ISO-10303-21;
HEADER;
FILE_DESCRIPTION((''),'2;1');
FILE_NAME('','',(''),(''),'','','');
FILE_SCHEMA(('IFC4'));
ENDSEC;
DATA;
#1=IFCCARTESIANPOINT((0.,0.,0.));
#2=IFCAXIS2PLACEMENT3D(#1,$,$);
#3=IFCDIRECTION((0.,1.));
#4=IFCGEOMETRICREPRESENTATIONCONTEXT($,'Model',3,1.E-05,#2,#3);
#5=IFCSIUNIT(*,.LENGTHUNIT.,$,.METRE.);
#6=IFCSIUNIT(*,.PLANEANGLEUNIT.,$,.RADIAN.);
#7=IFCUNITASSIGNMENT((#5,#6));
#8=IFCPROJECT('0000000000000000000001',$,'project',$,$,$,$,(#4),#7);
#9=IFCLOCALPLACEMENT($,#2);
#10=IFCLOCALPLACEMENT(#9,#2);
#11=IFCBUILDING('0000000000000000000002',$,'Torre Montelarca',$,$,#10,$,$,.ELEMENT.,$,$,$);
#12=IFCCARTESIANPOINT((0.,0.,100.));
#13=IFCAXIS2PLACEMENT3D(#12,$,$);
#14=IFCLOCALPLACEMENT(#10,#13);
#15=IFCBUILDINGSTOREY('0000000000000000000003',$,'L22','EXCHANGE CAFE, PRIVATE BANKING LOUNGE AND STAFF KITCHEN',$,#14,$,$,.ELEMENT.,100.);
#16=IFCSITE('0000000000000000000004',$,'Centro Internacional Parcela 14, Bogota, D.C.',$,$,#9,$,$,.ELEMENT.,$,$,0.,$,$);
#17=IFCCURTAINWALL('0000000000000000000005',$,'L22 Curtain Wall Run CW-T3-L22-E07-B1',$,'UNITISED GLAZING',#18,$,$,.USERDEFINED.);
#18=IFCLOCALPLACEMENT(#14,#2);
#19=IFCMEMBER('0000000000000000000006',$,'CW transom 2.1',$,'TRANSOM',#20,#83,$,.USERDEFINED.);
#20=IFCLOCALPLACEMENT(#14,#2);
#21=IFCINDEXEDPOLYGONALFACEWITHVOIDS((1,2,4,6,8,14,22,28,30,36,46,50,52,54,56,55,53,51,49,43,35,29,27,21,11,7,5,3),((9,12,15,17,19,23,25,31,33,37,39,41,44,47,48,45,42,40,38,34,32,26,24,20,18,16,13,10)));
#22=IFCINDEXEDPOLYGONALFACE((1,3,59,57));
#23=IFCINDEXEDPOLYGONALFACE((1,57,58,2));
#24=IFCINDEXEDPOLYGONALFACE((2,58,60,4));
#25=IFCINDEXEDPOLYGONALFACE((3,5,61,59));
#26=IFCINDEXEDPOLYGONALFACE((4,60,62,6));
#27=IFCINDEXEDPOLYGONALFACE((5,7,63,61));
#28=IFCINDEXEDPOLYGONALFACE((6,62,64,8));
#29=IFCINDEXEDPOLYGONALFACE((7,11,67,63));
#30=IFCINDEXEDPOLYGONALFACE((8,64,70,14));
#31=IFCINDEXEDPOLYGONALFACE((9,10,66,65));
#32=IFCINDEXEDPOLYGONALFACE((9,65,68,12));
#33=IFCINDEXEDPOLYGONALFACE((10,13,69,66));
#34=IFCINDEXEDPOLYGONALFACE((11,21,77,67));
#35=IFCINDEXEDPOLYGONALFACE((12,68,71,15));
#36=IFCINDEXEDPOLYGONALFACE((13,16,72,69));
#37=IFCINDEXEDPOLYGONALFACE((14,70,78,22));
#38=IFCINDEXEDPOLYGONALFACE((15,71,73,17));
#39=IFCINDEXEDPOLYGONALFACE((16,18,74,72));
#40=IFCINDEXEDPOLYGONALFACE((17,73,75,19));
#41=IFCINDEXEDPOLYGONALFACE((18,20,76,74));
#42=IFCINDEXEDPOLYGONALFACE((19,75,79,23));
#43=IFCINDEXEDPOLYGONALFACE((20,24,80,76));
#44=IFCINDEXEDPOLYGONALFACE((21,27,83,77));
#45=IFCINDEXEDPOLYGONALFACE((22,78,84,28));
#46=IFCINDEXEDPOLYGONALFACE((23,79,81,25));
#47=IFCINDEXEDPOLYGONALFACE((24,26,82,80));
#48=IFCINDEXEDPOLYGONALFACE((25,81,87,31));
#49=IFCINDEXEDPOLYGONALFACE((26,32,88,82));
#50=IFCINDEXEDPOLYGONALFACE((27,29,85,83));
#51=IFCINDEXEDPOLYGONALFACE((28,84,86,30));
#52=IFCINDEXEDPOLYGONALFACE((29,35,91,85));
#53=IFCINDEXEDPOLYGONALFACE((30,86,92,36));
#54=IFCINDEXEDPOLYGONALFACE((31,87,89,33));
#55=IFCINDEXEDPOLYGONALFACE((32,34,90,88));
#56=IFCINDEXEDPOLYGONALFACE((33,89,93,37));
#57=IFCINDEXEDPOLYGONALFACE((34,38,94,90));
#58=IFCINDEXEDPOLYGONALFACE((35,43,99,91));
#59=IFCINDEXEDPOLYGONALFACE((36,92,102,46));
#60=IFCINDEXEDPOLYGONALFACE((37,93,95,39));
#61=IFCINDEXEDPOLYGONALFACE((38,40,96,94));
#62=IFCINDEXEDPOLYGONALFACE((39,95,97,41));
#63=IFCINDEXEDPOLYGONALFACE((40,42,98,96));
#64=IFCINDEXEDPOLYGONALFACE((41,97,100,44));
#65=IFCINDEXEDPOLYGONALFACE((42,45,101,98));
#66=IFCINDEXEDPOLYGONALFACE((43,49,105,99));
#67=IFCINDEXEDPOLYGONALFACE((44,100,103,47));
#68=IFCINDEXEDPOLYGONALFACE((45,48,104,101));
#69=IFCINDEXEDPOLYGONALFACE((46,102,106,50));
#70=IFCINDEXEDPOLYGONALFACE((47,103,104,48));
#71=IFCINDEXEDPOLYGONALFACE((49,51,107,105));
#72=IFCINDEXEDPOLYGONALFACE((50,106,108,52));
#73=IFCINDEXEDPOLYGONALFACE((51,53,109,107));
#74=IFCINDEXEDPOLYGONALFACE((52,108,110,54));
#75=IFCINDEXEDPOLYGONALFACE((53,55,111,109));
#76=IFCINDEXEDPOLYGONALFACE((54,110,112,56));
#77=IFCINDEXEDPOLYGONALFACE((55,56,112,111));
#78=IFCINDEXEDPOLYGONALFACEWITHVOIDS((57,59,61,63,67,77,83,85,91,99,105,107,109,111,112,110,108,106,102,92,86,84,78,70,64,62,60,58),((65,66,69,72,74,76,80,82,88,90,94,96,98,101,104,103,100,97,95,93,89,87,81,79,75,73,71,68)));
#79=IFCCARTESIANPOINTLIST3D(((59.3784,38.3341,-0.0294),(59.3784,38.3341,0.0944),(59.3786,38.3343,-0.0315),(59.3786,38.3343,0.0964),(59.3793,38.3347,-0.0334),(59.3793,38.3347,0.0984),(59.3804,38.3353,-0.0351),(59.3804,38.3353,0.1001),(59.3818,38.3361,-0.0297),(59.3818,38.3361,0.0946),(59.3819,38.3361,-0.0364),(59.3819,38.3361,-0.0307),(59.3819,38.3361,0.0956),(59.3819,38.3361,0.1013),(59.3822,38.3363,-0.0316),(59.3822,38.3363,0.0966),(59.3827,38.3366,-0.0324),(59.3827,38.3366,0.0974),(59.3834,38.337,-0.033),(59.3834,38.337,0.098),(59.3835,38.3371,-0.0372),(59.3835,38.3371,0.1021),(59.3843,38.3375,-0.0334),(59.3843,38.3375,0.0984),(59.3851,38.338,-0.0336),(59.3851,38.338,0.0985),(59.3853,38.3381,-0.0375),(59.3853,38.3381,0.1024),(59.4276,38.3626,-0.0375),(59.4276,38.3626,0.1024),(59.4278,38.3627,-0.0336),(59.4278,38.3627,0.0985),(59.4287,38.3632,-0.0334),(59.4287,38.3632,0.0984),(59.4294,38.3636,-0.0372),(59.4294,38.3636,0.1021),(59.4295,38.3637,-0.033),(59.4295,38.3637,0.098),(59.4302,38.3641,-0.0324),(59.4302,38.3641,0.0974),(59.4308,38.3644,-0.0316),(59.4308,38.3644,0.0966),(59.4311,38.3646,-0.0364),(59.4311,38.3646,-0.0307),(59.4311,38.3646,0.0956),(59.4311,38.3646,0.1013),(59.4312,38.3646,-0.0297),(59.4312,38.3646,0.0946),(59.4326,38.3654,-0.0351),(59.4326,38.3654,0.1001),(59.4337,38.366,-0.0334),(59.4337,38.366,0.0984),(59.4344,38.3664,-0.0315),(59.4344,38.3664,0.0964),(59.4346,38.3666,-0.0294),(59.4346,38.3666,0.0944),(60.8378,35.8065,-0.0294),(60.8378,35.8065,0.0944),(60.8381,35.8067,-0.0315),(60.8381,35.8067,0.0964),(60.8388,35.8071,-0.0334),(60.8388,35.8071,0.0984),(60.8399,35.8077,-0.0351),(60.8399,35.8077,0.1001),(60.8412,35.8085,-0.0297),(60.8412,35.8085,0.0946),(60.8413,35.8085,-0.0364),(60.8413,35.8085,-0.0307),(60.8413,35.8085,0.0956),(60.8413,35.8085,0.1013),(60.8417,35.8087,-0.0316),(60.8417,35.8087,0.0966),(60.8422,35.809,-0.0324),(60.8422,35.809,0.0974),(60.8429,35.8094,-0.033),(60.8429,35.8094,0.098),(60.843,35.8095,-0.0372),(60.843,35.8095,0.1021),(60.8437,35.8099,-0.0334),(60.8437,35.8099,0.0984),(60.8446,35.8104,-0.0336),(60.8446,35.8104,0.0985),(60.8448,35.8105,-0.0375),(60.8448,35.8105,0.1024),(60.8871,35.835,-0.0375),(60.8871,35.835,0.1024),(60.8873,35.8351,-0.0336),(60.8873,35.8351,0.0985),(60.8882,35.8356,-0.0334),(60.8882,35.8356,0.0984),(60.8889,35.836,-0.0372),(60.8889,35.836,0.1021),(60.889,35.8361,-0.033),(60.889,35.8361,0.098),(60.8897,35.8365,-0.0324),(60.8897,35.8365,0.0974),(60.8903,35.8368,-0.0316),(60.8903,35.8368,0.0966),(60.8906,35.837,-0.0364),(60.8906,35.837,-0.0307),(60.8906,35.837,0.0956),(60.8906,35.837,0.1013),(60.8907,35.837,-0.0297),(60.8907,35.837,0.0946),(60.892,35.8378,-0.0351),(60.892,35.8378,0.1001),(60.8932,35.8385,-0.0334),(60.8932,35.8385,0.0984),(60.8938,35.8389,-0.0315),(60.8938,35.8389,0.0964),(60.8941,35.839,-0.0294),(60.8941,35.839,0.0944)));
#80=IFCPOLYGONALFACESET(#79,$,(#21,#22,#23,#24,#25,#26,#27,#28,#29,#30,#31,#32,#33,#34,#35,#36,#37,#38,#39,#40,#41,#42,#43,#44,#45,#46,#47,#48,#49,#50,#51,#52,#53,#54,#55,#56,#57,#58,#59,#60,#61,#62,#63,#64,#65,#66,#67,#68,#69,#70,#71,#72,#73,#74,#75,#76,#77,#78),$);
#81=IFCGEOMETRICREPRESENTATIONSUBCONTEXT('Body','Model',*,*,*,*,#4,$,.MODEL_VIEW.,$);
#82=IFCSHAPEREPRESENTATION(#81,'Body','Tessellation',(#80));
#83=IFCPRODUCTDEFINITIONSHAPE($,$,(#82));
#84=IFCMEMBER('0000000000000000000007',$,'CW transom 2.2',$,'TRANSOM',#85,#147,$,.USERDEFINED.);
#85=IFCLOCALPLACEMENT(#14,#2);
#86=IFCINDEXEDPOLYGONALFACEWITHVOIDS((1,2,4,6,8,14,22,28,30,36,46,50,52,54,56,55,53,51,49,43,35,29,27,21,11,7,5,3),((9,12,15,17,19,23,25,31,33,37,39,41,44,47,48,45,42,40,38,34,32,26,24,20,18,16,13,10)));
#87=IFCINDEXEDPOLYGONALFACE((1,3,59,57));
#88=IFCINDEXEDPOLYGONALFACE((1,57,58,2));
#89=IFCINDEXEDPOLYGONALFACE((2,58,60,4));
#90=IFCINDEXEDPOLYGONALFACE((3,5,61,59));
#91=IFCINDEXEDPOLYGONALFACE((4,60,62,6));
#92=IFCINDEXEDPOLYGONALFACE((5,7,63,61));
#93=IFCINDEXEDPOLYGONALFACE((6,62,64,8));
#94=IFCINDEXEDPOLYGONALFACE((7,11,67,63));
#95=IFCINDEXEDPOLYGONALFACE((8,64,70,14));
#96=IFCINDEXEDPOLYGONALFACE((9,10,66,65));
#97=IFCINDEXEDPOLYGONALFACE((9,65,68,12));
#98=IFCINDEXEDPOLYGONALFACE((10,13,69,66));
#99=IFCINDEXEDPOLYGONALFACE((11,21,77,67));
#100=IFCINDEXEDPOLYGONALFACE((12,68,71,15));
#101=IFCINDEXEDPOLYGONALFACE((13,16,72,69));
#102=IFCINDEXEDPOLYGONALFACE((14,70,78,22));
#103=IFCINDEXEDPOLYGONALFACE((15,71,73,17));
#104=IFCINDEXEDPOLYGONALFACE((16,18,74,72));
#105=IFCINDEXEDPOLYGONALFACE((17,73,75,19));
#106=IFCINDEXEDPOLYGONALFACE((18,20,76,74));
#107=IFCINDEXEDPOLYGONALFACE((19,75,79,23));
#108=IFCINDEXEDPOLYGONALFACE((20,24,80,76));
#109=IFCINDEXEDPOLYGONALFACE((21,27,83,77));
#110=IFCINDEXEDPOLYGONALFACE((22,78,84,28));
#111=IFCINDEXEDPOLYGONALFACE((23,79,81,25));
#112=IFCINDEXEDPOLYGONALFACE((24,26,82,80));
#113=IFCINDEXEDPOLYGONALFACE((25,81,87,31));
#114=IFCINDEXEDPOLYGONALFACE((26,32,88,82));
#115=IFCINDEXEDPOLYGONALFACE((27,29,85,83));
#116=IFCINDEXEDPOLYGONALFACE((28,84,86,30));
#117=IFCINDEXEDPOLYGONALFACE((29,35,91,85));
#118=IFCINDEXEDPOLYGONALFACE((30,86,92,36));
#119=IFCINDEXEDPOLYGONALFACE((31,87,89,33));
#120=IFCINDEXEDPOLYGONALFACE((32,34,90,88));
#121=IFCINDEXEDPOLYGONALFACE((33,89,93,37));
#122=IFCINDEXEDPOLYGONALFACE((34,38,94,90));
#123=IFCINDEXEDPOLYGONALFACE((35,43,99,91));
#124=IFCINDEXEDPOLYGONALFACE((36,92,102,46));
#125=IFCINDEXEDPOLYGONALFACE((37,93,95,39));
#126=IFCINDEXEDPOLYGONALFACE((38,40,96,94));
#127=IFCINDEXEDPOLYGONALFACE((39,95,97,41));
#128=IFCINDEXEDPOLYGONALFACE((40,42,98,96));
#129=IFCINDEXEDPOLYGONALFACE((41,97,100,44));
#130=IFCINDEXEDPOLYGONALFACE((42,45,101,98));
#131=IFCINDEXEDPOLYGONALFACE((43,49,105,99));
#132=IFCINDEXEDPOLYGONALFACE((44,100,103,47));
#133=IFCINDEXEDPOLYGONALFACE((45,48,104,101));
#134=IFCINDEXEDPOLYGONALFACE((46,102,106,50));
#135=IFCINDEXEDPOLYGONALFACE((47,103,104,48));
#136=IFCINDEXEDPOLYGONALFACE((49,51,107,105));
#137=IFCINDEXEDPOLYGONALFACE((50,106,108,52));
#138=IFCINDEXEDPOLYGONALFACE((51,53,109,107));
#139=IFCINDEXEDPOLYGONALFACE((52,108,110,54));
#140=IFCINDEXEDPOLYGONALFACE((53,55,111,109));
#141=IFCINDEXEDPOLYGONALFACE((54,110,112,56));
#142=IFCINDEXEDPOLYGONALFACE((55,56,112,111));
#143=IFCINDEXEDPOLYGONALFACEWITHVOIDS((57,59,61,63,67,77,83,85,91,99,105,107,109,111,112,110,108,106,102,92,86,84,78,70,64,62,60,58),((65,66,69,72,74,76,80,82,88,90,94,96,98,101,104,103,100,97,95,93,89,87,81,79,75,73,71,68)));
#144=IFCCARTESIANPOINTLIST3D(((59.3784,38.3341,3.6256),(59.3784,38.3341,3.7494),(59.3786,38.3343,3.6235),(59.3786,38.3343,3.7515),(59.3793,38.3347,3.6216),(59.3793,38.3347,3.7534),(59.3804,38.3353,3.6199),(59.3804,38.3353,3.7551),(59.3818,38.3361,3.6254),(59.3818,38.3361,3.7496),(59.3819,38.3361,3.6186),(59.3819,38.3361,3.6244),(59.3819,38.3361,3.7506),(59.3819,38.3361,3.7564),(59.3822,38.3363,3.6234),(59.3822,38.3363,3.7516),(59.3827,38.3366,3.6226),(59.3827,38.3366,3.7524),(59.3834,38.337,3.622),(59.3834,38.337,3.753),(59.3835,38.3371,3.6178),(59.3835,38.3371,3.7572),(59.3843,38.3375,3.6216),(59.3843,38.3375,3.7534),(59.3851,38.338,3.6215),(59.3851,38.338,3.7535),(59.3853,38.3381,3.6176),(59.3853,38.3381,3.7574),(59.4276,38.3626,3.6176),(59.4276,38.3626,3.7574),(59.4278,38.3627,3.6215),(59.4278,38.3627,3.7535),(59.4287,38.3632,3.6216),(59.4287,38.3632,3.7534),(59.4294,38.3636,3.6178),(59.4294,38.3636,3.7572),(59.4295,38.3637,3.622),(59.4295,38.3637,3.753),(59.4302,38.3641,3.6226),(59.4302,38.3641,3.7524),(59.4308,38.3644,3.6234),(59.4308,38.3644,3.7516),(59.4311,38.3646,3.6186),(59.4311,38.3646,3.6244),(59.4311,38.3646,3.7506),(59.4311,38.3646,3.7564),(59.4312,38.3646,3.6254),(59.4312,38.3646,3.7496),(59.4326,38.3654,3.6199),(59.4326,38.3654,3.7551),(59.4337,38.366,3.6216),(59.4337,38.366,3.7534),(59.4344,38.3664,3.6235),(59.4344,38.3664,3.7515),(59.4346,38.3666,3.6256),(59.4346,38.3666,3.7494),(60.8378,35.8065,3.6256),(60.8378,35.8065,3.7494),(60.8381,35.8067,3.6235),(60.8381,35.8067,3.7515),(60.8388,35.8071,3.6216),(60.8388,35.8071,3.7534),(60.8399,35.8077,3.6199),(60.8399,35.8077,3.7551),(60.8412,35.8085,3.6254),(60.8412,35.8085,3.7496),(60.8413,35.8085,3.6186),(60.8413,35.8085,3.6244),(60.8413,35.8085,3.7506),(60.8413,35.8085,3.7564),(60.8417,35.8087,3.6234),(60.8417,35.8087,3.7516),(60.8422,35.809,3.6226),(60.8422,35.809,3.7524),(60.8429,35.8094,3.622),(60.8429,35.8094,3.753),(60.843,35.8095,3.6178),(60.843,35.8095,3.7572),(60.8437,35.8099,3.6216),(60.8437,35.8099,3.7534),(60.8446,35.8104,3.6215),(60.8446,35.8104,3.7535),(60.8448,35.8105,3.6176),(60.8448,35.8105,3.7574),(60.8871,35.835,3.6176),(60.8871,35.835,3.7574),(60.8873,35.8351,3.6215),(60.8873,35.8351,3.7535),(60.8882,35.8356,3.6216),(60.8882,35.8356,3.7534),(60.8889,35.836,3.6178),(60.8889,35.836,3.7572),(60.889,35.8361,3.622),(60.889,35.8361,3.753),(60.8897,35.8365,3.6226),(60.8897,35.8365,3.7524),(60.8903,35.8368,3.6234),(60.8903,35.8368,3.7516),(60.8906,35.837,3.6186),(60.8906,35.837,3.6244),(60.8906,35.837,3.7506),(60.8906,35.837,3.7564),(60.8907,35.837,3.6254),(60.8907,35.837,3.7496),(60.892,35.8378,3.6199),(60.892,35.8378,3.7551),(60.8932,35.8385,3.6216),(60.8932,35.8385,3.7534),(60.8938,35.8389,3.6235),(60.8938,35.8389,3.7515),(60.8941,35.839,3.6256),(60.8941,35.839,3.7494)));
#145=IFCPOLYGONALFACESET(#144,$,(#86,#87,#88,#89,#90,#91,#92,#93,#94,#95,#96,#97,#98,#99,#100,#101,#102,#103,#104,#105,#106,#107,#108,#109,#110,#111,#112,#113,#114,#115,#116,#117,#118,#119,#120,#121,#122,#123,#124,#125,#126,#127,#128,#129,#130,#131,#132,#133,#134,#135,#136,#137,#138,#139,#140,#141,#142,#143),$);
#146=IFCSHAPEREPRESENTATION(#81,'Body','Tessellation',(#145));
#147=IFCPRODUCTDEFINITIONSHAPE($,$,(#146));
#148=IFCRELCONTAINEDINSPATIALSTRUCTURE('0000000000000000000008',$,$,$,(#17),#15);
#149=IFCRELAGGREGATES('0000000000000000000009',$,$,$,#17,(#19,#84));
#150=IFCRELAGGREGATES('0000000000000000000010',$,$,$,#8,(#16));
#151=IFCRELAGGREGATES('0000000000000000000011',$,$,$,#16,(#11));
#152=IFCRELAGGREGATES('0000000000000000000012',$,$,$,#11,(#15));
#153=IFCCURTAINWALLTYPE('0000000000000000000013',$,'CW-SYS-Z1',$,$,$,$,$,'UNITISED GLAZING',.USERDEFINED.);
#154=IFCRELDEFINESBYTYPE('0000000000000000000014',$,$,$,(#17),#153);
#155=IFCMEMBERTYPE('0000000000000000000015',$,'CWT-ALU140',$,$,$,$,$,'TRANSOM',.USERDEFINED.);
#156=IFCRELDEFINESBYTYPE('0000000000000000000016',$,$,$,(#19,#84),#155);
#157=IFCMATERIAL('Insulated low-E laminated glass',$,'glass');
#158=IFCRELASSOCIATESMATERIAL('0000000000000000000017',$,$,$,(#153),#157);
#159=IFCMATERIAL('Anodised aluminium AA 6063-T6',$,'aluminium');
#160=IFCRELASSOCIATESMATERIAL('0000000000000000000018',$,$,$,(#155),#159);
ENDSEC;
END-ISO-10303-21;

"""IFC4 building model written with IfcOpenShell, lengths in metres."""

from ifc_helpers import new_model, si_unit, direction, frame, origin, origin_2d, place, context, subcontext, project, spatial, hollow_rectangle, extrude, source, transform, mapped, material, material_profile, profile_set, type_object, element, aggregate, save


model = new_model("IFC4")

# Units and contexts
model_context = context("Model", 3, precision=1e-05, world=origin(), true_north=direction((0.0, 1.0)))
body_context = subcontext(model_context, "Body", "Model", "MODEL_VIEW")
ifc_project = project(units=[si_unit("LENGTHUNIT", "METRE"), si_unit("PLANEANGLEUNIT", "RADIAN")], contexts=[model_context])

# Site, building, storey
site_placement = place(None, origin())
site = spatial("IfcSite", under=ifc_project, at=site_placement, Name="Centro Internacional Parcela 14, Bogota, D.C.", CompositionType="ELEMENT", RefElevation=0.0)
building_placement = place(site_placement, origin())
building = spatial("IfcBuilding", under=site, at=building_placement, Name="Torre Montelarca", CompositionType="ELEMENT")
storey_placement = place(building_placement, frame((0.0, 0.0, 100.0)))
storey = spatial("IfcBuildingStorey", under=building, at=storey_placement, Name="L22", Description="EXCHANGE CAFE, PRIVATE BANKING LOUNGE AND STAFF KITCHEN", CompositionType="ELEMENT", Elevation=100.0)

# Curtain wall, members
ifc_material_1 = material(Name="Insulated low-E laminated glass", Category="glass")
curtain_wall_type = type_object("IfcCurtainWallType", Name="CW-SYS-Z1", ElementType="UNITISED GLAZING", PredefinedType="USERDEFINED", material=ifc_material_1)
curtain_wall_1_placement = place(storey_placement, origin())
curtain_wall_1 = element("IfcCurtainWall", 1, at=curtain_wall_1_placement, inside=storey, type_object=curtain_wall_type, Name="L22 Curtain Wall Run CW-T3-L22-E07-B1", ObjectType="UNITISED GLAZING", PredefinedType="USERDEFINED")
ifc_material_2 = material(Name="Anodised aluminium AA 6063-T6", Category="aluminium")
ifc_material_profile_1 = material_profile(ifc_material_2, hollow_rectangle(XDim=0.0649, YDim=0.1399, WallThickness=0.0039, InnerFilletRadius=0.0039, OuterFilletRadius=0.0081, at=origin_2d()), Name="ALU65X140X4", Category="aluminium")
ifc_profile_set_1 = profile_set([ifc_material_profile_1], Name="Anodised aluminium AA 6063-T6")
member_type_1 = type_object("IfcMemberType", Name="CWT-ALU140", ElementType="TRANSOM", PredefinedType="USERDEFINED", material=ifc_profile_set_1)
shared_shape_1 = source(origin(), body_context, "Body", "SweptSolid", [
    extrude(hollow_rectangle(XDim=0.0649, YDim=0.1399, WallThickness=0.0039, InnerFilletRadius=0.0039, OuterFilletRadius=0.0081, at=origin_2d()), origin(), (0.0, 0.0, 1.0), 2.9187),
])
member_1_placement = place(storey_placement, frame((60.866, 35.8228, 0.0325), z_axis=(-0.500043, 0.866, 0.0), x_axis=(-0.866, -0.500043, 0.0)))
member_1 = element("IfcMember", 2, at=member_1_placement, type_object=member_type_1, Name="CW transom 2.1", ObjectType="TRANSOM", PredefinedType="USERDEFINED", context=body_context, shape_type="MappedRepresentation", body=[
    mapped(shared_shape_1, transform((0.0, 0.0, 0.0), scale=1.0)),
])
member_2_placement = place(storey_placement, frame((60.866, 35.8228, 3.6875), z_axis=(-0.500043, 0.866, 0.0), x_axis=(-0.866, -0.500043, 0.0)))
member_2 = element("IfcMember", 3, at=member_2_placement, type_object=member_type_1, Name="CW transom 2.2", ObjectType="TRANSOM", PredefinedType="USERDEFINED", context=body_context, shape_type="MappedRepresentation", body=[
    mapped(shared_shape_1, transform((0.0, 0.0, 0.0), scale=1.0)),
])

aggregate(curtain_wall_1, [member_1, member_2])

save(model, "model.ifc")
